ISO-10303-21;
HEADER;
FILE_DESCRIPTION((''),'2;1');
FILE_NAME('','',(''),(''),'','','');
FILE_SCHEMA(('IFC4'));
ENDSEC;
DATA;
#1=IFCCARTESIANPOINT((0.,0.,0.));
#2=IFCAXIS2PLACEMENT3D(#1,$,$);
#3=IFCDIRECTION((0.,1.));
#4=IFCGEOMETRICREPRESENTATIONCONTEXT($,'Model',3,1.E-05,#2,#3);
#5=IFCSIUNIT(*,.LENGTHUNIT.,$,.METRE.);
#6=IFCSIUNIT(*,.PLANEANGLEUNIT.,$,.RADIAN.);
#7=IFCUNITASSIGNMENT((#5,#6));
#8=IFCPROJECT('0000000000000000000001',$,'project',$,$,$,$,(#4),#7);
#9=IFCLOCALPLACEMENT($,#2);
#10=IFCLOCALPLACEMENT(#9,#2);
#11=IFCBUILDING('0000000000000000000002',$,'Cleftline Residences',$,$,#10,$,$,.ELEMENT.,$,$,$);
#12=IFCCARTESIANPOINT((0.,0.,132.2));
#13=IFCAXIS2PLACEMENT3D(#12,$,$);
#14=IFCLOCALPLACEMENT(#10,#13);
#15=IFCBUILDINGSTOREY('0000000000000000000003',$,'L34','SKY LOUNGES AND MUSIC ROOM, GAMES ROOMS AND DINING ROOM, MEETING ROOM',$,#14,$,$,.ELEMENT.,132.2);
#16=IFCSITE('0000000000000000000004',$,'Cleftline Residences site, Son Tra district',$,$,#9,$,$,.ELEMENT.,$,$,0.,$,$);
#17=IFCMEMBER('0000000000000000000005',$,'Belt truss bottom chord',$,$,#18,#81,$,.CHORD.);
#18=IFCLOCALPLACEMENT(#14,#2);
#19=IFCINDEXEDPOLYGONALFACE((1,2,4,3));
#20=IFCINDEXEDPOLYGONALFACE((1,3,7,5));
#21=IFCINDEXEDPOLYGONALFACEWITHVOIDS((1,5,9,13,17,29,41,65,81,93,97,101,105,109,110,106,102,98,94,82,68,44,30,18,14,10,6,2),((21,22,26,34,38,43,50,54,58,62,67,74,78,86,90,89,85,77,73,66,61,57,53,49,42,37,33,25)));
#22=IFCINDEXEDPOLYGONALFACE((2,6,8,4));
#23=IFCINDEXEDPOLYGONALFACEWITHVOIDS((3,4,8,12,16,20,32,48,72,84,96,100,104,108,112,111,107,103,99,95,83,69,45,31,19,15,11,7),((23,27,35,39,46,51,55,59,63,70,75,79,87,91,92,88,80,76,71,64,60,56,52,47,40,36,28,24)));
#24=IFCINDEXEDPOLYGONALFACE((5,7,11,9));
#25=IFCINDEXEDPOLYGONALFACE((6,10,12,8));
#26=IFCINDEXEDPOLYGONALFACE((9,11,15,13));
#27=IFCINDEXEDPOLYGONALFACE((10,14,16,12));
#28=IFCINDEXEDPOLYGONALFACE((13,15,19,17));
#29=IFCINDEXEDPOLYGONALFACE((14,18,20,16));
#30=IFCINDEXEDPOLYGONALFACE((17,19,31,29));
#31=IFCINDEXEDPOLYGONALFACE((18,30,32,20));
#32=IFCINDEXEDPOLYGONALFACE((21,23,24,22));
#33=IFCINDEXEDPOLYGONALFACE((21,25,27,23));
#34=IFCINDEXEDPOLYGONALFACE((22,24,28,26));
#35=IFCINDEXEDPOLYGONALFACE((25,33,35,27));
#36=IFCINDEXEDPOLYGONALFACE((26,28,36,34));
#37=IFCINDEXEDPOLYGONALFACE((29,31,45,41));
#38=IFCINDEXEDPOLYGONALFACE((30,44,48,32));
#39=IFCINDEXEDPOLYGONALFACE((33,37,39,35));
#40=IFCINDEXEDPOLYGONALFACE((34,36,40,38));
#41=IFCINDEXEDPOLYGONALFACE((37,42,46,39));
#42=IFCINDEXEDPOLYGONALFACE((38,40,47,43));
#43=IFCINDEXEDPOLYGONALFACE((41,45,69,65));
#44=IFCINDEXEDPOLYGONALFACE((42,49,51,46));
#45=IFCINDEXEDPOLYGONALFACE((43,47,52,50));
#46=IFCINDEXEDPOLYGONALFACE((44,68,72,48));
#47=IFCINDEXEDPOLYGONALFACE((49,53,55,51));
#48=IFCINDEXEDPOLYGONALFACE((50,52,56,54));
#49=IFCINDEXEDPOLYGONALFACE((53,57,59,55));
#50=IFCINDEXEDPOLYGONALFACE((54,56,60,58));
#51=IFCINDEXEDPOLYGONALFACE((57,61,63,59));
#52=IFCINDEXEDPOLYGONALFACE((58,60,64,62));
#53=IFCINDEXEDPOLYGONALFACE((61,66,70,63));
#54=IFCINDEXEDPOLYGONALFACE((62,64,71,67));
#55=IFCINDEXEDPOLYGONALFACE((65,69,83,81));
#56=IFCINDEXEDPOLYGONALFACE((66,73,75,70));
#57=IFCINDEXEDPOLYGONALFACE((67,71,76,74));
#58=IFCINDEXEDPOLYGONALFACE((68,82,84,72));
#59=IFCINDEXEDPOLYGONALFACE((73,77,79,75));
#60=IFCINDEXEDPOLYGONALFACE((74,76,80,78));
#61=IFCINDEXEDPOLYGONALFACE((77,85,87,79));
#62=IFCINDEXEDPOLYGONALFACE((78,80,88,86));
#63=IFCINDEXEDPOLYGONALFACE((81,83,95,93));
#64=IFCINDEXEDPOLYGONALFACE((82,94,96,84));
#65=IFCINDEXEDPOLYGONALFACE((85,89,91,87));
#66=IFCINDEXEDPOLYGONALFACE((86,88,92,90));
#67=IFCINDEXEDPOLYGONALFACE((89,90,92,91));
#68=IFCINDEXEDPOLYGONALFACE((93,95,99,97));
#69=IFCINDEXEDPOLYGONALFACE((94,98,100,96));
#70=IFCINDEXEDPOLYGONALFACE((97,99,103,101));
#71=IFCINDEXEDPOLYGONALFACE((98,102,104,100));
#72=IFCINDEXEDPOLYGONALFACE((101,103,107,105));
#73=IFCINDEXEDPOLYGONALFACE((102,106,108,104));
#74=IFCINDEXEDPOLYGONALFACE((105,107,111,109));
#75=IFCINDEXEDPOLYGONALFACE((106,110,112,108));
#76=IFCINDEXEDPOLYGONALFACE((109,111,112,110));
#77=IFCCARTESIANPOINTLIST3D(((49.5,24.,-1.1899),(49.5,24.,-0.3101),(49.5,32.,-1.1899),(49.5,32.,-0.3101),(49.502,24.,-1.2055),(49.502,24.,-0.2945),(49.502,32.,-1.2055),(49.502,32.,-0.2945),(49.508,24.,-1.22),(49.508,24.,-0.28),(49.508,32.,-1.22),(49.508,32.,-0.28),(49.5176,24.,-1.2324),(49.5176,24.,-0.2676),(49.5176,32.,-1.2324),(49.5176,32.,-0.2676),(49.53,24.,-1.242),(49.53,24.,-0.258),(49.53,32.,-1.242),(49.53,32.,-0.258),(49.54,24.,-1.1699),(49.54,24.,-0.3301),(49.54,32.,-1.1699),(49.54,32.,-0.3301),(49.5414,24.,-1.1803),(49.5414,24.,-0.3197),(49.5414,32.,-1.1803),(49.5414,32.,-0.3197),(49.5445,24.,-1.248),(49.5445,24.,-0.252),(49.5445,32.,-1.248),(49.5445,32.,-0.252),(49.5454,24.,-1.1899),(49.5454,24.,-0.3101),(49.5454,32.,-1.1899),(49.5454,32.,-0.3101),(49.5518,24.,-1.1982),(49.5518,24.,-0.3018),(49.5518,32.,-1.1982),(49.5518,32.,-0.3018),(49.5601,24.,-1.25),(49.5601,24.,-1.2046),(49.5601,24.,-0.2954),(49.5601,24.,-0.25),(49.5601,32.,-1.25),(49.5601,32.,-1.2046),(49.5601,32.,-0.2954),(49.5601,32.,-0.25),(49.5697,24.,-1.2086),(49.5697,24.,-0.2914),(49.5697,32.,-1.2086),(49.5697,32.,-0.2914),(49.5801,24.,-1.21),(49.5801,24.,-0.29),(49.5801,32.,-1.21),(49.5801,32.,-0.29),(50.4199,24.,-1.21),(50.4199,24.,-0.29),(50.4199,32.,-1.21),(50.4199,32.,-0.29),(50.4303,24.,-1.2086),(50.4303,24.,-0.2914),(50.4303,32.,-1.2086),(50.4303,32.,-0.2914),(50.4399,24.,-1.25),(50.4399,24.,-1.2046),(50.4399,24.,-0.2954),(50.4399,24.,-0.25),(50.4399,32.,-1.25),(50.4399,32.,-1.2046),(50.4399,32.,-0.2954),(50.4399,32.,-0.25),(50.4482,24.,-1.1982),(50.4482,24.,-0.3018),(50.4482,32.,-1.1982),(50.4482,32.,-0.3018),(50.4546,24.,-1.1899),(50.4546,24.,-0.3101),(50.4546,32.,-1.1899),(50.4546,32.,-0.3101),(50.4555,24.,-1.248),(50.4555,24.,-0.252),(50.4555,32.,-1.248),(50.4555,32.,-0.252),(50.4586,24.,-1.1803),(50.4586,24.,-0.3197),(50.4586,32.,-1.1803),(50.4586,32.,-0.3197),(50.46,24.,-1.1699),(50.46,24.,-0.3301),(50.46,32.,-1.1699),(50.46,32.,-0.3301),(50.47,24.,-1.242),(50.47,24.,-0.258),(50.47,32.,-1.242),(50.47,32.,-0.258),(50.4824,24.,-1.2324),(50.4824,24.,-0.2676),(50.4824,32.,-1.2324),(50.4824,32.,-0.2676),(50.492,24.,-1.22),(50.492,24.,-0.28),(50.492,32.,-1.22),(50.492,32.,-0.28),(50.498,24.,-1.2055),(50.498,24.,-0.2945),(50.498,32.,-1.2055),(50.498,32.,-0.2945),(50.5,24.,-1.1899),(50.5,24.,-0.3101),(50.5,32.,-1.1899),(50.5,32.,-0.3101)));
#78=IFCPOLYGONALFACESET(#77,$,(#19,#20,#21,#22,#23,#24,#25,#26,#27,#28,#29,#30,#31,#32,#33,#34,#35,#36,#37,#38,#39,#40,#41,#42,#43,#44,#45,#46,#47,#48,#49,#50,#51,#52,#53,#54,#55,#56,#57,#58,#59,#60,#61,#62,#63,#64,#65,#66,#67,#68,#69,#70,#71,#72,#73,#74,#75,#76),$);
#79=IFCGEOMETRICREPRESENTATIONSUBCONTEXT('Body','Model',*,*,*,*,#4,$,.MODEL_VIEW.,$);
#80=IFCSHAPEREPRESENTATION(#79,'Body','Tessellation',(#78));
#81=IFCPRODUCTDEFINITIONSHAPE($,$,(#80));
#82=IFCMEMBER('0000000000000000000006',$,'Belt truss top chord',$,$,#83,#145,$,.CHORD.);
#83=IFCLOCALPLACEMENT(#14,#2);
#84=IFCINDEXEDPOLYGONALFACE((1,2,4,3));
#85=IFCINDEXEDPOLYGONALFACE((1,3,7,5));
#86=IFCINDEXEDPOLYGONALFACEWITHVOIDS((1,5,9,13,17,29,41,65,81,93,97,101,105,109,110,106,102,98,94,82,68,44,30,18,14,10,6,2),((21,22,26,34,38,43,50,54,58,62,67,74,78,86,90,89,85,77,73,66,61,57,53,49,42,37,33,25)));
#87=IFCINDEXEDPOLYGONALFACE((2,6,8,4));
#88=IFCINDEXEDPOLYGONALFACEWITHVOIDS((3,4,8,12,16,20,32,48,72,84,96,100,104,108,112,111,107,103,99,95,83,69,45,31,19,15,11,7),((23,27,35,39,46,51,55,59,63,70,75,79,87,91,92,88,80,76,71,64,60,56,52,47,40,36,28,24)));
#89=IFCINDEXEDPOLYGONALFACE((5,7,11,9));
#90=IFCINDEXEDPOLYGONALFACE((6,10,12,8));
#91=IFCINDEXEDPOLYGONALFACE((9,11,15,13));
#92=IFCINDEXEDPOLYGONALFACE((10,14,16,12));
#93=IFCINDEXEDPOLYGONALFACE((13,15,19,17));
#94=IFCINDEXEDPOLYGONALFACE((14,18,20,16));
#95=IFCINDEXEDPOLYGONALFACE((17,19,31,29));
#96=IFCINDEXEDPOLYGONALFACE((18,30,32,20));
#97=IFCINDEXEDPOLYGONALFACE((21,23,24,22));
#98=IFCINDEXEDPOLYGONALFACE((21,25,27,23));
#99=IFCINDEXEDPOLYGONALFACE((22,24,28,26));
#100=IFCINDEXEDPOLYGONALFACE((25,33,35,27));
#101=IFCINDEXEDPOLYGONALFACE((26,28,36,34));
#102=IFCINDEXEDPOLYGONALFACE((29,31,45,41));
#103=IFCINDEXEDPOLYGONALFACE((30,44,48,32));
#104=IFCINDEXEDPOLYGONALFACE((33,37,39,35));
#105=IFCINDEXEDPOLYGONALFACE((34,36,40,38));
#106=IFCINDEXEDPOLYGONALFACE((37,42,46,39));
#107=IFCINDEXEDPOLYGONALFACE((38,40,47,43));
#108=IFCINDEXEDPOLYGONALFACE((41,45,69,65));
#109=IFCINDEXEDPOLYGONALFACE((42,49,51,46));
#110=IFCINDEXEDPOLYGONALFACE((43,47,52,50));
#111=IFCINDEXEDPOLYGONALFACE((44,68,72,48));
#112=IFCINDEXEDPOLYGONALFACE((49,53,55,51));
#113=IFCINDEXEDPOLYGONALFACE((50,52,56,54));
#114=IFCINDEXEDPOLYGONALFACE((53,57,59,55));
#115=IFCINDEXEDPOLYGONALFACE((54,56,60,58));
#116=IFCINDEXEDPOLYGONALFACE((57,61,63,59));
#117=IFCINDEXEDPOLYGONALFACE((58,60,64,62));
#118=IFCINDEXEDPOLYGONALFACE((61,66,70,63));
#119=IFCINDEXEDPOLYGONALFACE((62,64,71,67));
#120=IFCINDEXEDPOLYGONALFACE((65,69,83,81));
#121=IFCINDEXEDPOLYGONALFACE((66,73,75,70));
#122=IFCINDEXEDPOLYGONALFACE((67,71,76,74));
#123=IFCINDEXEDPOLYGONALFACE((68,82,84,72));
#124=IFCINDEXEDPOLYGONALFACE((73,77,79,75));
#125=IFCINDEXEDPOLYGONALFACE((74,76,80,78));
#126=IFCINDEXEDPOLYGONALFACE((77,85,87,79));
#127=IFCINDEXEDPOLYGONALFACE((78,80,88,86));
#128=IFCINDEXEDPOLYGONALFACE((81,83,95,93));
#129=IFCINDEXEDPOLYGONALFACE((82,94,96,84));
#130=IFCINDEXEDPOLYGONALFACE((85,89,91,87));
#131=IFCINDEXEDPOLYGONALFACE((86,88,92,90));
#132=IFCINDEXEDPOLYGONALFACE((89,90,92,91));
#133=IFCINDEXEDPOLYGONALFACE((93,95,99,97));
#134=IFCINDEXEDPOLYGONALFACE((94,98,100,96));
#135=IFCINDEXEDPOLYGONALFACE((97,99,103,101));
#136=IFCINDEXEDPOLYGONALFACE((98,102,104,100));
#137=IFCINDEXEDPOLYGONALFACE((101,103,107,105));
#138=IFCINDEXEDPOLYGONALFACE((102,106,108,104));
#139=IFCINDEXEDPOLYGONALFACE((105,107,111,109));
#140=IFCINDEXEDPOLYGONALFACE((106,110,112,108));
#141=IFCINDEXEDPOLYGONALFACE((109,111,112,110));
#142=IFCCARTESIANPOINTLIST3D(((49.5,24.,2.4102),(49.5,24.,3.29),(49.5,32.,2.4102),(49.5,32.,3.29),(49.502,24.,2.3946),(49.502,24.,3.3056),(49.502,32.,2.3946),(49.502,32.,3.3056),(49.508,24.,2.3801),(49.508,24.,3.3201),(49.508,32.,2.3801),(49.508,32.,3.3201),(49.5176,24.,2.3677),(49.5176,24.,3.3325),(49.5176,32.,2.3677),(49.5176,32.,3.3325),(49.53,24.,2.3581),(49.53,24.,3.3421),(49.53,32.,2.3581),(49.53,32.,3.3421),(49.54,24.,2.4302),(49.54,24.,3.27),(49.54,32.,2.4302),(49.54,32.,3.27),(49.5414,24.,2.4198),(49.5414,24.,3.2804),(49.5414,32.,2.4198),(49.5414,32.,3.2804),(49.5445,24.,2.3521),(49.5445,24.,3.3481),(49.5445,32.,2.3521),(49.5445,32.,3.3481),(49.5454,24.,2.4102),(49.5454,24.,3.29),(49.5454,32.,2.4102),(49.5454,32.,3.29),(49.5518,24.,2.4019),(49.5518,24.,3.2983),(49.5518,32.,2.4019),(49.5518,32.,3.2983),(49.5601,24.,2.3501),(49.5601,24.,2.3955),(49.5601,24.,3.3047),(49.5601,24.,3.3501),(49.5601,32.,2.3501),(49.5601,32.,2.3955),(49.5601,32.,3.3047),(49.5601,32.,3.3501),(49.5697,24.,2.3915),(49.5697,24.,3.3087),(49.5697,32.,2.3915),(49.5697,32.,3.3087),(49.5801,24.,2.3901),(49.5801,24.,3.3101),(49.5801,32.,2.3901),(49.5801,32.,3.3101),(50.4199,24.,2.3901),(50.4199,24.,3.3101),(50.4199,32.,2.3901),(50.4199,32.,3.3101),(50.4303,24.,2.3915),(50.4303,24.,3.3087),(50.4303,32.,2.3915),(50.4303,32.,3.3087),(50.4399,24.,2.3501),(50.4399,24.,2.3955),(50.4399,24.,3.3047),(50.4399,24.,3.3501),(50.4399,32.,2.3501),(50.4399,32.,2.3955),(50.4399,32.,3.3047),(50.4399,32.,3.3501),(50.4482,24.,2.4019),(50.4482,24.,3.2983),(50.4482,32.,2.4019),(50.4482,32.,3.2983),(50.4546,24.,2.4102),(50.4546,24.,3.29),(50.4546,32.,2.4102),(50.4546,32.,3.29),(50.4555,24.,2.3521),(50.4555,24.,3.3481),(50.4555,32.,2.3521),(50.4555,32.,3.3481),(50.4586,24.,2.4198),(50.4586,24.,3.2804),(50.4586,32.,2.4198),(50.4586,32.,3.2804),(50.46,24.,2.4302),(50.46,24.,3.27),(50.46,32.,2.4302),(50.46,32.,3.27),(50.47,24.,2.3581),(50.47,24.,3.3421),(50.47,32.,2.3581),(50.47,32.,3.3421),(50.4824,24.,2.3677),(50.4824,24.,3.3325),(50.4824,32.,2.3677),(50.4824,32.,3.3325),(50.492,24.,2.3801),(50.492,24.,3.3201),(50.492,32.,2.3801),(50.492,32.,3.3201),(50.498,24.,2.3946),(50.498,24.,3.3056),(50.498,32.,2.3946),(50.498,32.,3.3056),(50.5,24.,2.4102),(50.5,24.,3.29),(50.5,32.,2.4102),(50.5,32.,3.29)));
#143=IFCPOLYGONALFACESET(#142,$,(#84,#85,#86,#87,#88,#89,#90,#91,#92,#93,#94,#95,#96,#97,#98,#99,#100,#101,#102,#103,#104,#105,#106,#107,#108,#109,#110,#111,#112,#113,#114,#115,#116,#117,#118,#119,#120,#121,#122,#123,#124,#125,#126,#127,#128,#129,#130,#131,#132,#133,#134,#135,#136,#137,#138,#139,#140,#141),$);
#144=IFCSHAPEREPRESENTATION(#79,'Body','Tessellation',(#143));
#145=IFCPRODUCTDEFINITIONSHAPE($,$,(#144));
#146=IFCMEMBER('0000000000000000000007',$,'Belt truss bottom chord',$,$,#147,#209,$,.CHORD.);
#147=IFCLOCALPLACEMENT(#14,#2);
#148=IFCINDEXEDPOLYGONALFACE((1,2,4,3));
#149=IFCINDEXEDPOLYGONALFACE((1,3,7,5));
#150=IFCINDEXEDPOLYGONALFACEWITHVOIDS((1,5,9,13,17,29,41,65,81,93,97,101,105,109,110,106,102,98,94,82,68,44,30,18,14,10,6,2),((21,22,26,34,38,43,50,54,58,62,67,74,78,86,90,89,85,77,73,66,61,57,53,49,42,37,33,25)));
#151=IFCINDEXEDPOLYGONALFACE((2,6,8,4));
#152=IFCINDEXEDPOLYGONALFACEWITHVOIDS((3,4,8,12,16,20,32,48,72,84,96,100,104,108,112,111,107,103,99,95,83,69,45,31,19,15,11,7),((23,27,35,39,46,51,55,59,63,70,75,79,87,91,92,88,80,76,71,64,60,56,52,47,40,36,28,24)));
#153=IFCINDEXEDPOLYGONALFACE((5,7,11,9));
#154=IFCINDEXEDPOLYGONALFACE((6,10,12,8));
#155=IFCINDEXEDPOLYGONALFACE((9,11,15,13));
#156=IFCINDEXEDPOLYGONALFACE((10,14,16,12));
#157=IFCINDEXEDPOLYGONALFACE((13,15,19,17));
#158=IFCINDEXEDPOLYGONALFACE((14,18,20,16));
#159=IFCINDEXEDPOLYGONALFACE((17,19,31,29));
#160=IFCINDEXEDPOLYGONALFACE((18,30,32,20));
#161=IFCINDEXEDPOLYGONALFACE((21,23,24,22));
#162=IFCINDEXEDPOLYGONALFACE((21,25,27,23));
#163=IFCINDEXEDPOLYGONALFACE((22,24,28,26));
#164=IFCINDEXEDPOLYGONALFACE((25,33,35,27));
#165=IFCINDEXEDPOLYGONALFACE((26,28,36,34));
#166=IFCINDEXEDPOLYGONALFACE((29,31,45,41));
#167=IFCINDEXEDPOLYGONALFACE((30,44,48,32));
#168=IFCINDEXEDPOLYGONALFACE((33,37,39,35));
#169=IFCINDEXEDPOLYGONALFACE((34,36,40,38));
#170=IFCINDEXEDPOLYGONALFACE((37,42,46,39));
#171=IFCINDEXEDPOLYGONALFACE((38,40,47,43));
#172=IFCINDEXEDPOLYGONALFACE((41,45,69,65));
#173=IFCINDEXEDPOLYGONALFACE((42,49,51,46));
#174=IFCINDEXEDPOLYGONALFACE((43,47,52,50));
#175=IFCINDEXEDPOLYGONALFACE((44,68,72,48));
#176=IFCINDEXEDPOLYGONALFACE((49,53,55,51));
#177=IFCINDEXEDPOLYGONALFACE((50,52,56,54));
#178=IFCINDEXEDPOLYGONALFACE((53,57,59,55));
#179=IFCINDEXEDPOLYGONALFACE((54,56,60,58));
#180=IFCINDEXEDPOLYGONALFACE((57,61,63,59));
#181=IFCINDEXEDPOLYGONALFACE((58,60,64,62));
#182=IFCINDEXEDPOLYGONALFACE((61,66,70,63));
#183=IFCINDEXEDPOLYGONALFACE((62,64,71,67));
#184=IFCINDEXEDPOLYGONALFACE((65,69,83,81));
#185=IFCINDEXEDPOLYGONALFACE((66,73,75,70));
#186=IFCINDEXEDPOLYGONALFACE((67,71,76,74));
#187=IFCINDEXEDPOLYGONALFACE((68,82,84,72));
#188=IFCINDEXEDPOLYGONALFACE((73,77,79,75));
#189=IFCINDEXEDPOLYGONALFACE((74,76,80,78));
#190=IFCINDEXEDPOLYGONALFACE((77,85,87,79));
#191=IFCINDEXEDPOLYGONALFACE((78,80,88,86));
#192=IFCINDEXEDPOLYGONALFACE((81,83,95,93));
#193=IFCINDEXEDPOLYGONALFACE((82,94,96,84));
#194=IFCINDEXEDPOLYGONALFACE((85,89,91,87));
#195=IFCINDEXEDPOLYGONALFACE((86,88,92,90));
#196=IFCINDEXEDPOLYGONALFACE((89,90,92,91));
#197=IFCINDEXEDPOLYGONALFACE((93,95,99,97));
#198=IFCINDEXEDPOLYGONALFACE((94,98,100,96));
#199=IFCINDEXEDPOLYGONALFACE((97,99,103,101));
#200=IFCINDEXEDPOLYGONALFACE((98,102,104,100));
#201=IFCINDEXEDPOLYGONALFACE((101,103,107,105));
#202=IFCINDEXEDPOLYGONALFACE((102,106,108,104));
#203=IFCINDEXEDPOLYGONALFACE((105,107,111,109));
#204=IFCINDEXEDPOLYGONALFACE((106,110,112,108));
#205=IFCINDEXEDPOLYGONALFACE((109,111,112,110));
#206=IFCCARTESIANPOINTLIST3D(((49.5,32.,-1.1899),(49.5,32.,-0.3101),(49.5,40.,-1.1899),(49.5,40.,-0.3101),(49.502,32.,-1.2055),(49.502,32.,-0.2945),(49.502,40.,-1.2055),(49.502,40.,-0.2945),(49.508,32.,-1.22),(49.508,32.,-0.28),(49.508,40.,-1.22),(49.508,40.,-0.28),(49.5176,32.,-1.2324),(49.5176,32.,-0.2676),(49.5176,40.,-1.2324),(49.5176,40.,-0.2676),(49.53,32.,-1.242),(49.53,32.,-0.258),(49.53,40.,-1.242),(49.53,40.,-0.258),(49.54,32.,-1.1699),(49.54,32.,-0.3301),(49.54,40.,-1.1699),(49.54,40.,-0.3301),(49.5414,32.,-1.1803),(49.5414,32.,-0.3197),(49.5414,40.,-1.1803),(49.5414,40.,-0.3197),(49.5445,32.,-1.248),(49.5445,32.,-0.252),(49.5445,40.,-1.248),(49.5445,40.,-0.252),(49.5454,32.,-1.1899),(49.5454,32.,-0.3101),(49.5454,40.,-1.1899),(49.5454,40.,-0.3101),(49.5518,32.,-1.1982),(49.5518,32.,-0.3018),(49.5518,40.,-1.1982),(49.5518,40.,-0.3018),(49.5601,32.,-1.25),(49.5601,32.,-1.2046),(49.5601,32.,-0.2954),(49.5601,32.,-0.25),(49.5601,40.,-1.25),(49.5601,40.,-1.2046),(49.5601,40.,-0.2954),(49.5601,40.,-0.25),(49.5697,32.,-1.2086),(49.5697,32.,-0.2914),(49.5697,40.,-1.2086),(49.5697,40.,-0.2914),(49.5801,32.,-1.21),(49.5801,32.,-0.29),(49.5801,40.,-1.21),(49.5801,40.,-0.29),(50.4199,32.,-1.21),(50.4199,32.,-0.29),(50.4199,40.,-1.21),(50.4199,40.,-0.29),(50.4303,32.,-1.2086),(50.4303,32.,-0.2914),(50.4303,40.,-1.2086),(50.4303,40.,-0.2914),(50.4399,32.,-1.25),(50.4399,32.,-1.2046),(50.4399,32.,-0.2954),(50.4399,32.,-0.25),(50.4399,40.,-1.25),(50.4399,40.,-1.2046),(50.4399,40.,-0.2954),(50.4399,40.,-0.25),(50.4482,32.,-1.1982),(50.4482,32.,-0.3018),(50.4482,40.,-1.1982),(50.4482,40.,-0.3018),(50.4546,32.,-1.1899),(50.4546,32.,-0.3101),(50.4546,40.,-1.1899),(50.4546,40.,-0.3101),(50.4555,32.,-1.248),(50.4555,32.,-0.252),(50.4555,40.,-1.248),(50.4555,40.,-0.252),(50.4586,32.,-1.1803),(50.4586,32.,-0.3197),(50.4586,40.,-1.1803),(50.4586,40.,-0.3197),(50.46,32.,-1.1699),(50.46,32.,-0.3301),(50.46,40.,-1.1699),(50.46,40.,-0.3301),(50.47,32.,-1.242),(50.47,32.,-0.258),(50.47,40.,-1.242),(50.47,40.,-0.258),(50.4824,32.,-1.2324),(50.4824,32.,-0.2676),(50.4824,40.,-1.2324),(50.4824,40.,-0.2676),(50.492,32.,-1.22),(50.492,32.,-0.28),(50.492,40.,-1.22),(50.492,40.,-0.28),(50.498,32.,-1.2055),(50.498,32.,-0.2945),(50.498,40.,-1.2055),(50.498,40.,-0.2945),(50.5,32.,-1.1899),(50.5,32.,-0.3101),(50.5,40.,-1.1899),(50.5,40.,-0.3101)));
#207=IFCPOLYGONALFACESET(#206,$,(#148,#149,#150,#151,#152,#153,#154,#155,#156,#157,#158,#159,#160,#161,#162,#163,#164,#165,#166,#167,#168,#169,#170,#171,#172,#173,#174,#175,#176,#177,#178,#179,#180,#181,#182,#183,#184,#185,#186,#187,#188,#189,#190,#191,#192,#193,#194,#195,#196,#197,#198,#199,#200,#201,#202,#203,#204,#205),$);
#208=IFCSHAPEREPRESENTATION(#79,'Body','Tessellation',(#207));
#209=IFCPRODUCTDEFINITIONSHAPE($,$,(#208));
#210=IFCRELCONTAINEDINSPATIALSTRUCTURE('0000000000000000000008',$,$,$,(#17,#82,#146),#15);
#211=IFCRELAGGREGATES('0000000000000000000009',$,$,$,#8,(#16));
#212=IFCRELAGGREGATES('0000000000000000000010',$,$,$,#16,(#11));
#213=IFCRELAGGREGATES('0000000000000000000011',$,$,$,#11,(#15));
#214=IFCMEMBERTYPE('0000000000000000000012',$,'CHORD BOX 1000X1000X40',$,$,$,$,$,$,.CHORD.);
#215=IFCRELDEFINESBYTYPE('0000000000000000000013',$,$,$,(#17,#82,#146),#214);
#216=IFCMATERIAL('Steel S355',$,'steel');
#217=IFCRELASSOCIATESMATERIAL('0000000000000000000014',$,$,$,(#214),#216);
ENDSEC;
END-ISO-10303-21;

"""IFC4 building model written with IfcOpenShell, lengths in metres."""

from ifc_helpers import new_model, si_unit, direction, frame, origin, origin_2d, place, context, subcontext, project, spatial, hollow_rectangle, extrude, material, material_profile, profile_set, type_object, element, save


model = new_model("IFC4")

# Units and contexts
model_context = context("Model", 3, precision=1e-05, world=origin(), true_north=direction((0.0, 1.0)))
body_context = subcontext(model_context, "Body", "Model", "MODEL_VIEW")
ifc_project = project(units=[si_unit("LENGTHUNIT", "METRE"), si_unit("PLANEANGLEUNIT", "RADIAN")], contexts=[model_context])

# Site, building, storey
site_placement = place(None, origin())
site = spatial("IfcSite", under=ifc_project, at=site_placement, Name="Cleftline Residences site, Son Tra district", CompositionType="ELEMENT", RefElevation=0.0)
building_placement = place(site_placement, origin())
building = spatial("IfcBuilding", under=site, at=building_placement, Name="Cleftline Residences", CompositionType="ELEMENT")
storey_placement = place(building_placement, frame((0.0, 0.0, 132.2)))
storey = spatial("IfcBuildingStorey", under=building, at=storey_placement, Name="L34", Description="SKY LOUNGES AND MUSIC ROOM, GAMES ROOMS AND DINING ROOM, MEETING ROOM", CompositionType="ELEMENT", Elevation=132.2)

# Members
ifc_material_1 = material(Name="Steel S355", Category="steel")
ifc_material_profile_1 = material_profile(ifc_material_1, hollow_rectangle(XDim=1.0, YDim=1.0, WallThickness=0.04, InnerFilletRadius=0.04, OuterFilletRadius=0.0601, at=origin_2d()))
ifc_profile_set_1 = profile_set([ifc_material_profile_1], Name="Steel S355")
member_type_1 = type_object("IfcMemberType", Name="CHORD BOX 1000X1000X40", PredefinedType="CHORD", material=ifc_profile_set_1)
for number, where, z_axis, x_axis, name in (
    (1, (50.0, 24.0, -0.75), (0.0, 1.0, 0.0), (-1.0, 0.0, 0.0), "Belt truss bottom chord"),
    (2, (50.0, 24.0, 2.8501), (0.0, 1.0, 0.0), (-1.0, 0.0, 0.0), "Belt truss top chord"),
    (3, (50.0, 32.0, -0.75), (0.0, 1.0, 0.0), (-1.0, 0.0, 0.0), "Belt truss bottom chord"),
):
    element("IfcMember", number, at=place(storey_placement, frame(where, z_axis=z_axis, x_axis=x_axis)), inside=storey, type_object=member_type_1, Name=name, PredefinedType="CHORD", context=body_context, shape_type="SweptSolid", body=[
        extrude(hollow_rectangle(XDim=1.0, YDim=1.0, WallThickness=0.04, InnerFilletRadius=0.04, OuterFilletRadius=0.0601, at=origin_2d()), origin(), (0.0, 0.0, 1.0), 8.0),
    ])

save(model, "model.ifc")
